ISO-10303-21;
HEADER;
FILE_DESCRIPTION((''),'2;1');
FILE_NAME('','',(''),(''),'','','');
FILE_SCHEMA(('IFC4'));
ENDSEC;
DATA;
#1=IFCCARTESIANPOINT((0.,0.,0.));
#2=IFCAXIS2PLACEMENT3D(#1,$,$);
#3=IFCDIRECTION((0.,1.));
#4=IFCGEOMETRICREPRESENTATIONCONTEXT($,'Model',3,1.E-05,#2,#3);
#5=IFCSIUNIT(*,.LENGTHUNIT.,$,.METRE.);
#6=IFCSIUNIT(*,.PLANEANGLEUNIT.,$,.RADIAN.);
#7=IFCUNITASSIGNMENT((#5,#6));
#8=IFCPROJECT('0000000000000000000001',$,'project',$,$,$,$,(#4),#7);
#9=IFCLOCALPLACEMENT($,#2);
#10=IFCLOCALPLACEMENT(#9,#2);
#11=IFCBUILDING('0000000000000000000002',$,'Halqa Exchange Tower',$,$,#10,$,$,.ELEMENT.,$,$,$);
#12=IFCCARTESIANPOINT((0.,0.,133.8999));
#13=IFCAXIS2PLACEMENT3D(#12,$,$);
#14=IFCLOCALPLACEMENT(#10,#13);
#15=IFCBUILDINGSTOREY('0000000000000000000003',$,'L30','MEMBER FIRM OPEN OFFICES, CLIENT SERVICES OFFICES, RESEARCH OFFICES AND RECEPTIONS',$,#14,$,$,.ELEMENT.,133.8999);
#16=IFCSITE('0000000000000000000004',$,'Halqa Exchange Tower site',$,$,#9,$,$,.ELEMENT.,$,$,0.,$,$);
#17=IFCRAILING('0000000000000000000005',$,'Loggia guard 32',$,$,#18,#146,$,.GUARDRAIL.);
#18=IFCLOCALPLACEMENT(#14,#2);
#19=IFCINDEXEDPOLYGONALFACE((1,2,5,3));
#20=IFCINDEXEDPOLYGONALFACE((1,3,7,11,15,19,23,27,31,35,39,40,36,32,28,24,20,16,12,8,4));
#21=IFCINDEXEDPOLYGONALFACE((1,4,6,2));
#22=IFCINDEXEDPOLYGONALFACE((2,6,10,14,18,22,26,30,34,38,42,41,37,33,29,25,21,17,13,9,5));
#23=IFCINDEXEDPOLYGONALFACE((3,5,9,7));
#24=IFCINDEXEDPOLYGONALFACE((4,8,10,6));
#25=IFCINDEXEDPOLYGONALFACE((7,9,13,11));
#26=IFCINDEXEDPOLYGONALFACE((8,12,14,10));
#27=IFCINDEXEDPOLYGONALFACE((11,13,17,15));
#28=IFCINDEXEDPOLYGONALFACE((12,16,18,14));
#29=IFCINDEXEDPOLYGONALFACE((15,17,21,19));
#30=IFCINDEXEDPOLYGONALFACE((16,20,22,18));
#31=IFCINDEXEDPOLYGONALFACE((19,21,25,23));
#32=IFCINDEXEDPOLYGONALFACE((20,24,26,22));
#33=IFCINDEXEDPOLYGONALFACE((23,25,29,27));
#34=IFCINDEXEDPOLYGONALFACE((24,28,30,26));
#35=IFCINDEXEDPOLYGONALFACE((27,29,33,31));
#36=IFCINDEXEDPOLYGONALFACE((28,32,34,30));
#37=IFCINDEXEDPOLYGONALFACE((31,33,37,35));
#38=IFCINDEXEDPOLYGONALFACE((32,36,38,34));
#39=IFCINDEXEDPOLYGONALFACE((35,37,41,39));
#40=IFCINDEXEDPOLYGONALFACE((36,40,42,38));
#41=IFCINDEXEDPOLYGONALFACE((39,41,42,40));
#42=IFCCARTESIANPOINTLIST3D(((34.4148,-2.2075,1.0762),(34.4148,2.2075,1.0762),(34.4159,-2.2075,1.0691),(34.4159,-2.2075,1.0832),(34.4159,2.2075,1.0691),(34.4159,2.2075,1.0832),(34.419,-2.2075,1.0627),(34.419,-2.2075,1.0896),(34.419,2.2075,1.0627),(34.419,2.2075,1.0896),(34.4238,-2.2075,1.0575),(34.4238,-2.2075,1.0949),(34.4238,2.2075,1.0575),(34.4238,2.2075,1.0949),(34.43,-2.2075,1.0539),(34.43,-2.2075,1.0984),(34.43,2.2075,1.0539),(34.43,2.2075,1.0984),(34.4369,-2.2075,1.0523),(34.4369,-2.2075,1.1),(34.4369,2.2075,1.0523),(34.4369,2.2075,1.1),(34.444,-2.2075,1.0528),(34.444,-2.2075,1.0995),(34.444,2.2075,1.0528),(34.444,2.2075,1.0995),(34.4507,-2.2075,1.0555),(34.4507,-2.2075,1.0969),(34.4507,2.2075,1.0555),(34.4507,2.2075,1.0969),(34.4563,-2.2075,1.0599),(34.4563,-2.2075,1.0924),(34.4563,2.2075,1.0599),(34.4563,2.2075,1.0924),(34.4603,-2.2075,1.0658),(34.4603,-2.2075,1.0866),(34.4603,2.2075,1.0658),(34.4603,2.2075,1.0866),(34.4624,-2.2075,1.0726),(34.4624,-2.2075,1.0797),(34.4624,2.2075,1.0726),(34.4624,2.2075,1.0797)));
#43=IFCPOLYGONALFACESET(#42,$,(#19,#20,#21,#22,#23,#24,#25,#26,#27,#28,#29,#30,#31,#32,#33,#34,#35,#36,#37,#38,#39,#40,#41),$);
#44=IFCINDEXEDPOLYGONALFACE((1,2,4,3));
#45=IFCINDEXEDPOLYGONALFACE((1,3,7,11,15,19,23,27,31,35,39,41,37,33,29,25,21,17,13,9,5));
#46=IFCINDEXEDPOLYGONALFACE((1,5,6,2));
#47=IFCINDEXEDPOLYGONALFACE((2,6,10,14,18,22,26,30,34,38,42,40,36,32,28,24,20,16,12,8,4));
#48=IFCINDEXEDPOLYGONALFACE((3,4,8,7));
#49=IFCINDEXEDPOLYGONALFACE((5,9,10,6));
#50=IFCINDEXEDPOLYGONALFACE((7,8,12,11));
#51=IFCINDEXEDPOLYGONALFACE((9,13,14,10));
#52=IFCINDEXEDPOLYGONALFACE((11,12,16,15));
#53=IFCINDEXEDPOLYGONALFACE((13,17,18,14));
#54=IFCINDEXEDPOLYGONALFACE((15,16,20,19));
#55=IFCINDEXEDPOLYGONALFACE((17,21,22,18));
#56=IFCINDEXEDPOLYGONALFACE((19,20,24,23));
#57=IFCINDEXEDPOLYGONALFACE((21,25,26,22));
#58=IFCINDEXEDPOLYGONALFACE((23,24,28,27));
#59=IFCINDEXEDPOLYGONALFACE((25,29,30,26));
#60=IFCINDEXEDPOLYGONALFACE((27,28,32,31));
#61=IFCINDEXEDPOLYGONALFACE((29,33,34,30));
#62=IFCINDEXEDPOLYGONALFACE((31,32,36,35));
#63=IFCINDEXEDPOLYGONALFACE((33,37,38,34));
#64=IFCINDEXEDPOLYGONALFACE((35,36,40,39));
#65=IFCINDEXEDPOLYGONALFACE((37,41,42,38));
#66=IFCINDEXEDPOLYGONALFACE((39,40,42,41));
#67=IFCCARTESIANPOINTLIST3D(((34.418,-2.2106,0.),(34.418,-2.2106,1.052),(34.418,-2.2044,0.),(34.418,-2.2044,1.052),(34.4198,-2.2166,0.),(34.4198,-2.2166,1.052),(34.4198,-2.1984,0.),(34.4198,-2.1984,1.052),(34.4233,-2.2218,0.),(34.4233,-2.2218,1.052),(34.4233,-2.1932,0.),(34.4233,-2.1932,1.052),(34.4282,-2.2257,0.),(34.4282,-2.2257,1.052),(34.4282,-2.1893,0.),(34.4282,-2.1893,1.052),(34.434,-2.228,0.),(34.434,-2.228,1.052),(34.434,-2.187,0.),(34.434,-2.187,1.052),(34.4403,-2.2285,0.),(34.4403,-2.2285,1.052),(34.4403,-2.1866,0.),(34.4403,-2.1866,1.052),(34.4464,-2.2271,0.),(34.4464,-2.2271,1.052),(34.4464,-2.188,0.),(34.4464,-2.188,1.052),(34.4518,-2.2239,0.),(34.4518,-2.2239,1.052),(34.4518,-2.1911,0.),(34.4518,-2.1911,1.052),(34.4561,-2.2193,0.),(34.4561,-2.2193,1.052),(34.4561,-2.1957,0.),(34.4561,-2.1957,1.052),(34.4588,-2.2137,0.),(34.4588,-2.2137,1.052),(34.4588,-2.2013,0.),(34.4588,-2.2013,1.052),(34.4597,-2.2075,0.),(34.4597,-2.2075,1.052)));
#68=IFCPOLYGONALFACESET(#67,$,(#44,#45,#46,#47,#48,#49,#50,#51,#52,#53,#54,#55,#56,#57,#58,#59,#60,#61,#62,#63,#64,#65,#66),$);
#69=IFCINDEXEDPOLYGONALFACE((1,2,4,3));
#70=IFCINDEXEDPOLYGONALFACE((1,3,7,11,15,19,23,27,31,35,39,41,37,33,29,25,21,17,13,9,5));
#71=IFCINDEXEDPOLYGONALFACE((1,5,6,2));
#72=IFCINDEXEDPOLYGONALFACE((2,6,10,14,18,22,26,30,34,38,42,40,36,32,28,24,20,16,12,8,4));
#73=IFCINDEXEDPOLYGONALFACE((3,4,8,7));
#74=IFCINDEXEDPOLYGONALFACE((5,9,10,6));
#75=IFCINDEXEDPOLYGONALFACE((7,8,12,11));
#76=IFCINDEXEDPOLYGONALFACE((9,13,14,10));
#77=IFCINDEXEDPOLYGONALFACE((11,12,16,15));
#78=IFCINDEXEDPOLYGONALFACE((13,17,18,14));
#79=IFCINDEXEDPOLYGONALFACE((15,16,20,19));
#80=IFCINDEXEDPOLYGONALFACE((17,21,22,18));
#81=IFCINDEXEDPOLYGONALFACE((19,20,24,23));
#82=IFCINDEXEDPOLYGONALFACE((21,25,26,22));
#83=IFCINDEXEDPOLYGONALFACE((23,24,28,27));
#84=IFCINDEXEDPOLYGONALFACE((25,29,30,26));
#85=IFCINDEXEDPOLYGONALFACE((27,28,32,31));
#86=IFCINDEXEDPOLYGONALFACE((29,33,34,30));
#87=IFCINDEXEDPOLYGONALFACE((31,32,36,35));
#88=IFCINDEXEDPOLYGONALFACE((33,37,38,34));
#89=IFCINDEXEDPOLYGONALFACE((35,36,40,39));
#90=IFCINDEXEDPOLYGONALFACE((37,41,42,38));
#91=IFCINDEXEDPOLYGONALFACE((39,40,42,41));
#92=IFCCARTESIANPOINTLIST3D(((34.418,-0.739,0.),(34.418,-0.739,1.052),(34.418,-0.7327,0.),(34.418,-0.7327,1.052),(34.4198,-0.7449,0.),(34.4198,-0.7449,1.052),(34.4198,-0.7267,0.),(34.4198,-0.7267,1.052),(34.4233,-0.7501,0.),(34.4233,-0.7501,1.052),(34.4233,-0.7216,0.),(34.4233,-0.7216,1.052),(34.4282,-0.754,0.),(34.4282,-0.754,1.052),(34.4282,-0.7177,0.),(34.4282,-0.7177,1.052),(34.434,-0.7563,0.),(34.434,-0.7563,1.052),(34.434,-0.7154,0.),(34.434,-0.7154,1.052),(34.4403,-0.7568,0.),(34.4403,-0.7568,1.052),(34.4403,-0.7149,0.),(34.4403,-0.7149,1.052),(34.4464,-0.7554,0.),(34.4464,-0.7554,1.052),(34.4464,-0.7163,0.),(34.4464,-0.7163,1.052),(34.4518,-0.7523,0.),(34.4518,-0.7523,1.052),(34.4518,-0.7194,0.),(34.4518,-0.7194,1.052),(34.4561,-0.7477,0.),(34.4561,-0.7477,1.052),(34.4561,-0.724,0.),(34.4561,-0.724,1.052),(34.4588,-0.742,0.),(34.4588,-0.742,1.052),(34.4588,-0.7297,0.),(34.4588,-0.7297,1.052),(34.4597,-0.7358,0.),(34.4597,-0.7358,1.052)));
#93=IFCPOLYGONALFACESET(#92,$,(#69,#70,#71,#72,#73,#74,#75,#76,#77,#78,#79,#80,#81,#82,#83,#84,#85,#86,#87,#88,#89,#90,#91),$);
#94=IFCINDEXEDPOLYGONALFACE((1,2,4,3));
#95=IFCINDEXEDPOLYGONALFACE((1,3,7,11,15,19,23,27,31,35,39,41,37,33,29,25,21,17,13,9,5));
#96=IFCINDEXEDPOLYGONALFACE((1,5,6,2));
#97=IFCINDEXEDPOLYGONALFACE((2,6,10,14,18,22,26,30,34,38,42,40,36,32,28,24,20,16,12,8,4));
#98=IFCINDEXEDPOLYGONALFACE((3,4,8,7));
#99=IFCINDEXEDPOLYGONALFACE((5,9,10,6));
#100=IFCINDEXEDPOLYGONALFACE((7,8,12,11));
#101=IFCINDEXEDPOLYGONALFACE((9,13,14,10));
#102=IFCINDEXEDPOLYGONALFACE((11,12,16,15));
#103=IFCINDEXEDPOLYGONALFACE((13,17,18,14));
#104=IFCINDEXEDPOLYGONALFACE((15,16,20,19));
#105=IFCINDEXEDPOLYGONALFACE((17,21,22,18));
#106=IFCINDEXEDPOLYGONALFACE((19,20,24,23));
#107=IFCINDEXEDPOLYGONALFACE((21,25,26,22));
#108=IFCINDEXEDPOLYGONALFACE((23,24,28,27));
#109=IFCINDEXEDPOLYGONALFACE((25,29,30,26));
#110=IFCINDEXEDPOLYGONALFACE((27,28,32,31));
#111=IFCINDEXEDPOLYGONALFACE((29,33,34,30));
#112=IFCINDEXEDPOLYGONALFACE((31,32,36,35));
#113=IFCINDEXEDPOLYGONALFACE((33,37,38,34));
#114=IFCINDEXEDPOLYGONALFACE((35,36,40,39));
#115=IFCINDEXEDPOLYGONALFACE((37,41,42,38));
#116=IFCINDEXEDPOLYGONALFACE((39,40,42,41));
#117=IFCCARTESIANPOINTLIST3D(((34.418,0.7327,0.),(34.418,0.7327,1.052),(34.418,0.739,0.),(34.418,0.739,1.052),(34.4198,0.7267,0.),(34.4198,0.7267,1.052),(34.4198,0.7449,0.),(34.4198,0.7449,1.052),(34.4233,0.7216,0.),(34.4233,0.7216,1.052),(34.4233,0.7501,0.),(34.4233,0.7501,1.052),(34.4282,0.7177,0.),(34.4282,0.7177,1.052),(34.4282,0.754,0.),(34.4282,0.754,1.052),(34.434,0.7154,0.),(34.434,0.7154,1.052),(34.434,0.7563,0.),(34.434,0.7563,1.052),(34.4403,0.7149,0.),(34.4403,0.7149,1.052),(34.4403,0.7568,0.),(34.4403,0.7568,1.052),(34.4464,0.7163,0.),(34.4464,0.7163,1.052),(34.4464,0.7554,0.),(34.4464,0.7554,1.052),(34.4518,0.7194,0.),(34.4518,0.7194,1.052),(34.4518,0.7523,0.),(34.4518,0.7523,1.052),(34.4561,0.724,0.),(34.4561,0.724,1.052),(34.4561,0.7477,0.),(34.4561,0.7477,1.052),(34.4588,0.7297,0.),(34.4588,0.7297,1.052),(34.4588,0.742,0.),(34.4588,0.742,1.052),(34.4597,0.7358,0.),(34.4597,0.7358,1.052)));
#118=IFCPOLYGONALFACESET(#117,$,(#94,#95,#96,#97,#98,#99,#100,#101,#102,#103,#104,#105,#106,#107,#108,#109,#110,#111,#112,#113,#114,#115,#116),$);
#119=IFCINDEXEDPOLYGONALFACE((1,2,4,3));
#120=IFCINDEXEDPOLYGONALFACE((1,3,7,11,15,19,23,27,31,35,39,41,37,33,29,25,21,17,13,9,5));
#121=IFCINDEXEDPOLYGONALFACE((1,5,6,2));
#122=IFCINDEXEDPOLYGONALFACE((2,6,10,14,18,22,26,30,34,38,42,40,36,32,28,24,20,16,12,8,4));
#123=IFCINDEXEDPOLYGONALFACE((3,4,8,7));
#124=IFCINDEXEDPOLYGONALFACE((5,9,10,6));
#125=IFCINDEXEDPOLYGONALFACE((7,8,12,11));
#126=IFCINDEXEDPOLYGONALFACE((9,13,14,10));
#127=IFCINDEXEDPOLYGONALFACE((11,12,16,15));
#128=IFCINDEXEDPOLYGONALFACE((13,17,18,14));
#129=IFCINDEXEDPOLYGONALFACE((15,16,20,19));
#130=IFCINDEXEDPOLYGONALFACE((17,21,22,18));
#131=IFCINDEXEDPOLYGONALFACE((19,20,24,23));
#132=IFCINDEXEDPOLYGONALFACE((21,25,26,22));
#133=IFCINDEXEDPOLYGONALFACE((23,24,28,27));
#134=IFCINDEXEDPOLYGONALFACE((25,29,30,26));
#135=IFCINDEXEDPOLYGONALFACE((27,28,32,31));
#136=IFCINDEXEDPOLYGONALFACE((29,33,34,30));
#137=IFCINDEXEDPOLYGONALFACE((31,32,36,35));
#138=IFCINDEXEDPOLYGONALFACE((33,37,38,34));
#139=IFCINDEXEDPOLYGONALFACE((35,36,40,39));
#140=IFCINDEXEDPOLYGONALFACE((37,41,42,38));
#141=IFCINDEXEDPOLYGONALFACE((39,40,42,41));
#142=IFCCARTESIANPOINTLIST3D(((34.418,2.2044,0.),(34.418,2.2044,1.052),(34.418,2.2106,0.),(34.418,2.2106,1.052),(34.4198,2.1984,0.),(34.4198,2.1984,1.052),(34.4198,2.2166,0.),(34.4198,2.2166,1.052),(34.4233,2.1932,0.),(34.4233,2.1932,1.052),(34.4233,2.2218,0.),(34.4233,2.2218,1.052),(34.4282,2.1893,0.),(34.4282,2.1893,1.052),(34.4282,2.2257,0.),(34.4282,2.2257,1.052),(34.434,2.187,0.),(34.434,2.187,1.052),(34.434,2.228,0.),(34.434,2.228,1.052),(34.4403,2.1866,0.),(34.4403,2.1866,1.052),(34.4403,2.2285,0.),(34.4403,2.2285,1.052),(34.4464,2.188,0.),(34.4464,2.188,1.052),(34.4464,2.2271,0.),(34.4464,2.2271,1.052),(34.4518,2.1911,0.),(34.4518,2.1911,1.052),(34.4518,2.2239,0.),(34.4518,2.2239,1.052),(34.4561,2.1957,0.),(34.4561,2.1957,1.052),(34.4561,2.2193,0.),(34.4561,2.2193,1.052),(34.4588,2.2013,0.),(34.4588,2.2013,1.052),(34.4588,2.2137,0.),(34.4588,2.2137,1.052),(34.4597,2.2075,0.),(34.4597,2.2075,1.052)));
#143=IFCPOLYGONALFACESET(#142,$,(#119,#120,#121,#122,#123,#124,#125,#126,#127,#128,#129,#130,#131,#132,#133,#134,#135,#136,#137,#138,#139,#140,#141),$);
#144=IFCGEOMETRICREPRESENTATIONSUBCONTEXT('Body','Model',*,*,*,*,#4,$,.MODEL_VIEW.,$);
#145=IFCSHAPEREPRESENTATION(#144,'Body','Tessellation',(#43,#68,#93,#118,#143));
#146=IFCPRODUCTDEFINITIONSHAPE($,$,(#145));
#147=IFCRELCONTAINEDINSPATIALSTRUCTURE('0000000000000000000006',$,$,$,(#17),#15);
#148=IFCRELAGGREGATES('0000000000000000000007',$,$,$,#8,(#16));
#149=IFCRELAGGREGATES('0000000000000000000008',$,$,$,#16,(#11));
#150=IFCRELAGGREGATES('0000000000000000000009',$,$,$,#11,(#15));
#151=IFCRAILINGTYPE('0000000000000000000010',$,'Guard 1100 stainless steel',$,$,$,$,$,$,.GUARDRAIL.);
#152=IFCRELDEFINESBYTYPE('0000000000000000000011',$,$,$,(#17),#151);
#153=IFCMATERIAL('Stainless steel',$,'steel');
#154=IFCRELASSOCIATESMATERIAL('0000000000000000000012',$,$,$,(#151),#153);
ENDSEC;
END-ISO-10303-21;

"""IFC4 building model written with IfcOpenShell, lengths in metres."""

from ifc_helpers import new_model, si_unit, direction, frame, origin, origin_2d, place, context, subcontext, project, spatial, circle, extrude, material, type_object, element, save


model = new_model("IFC4")

# Units and contexts
model_context = context("Model", 3, precision=1e-05, world=origin(), true_north=direction((0.0, 1.0)))
body_context = subcontext(model_context, "Body", "Model", "MODEL_VIEW")
ifc_project = project(units=[si_unit("LENGTHUNIT", "METRE"), si_unit("PLANEANGLEUNIT", "RADIAN")], contexts=[model_context])

# Site, building, storey
site_placement = place(None, origin())
site = spatial("IfcSite", under=ifc_project, at=site_placement, Name="Halqa Exchange Tower site", CompositionType="ELEMENT", RefElevation=0.0)
building_placement = place(site_placement, origin())
building = spatial("IfcBuilding", under=site, at=building_placement, Name="Halqa Exchange Tower", CompositionType="ELEMENT")
storey_placement = place(building_placement, frame((0.0, 0.0, 133.8999)))
storey = spatial("IfcBuildingStorey", under=building, at=storey_placement, Name="L30", Description="MEMBER FIRM OPEN OFFICES, CLIENT SERVICES OFFICES, RESEARCH OFFICES AND RECEPTIONS", CompositionType="ELEMENT", Elevation=133.8999)

# Railing
ifc_material_1 = material(Name="Stainless steel", Category="steel")
railing_type = type_object("IfcRailingType", Name="Guard 1100 stainless steel", PredefinedType="GUARDRAIL", material=ifc_material_1)
railing_1_placement = place(storey_placement, frame((34.4387, -2.2075, 0.0)))
element("IfcRailing", 1, at=railing_1_placement, inside=storey, type_object=railing_type, Name="Loggia guard 32", PredefinedType="GUARDRAIL", context=body_context, shape_type="SweptSolid", body=[
    extrude(circle(Radius=0.0239, at=origin_2d()), frame((0.0, 0.0, 1.0762), z_axis=(0.0, 1.0, 0.0), x_axis=(-1.0, 0.0, 0.0)), (0.0, 0.0, 1.0), 4.415),
    extrude(circle(Radius=0.021, at=origin_2d()), origin(), (0.0, 0.0, 1.0), 1.052),
    extrude(circle(Radius=0.021, at=origin_2d()), frame((0.0, 1.4717, 0.0)), (0.0, 0.0, 1.0), 1.052),
    extrude(circle(Radius=0.021, at=origin_2d()), frame((0.0, 2.9434, 0.0)), (0.0, 0.0, 1.0), 1.052),
    extrude(circle(Radius=0.021, at=origin_2d()), frame((0.0, 4.415, 0.0)), (0.0, 0.0, 1.0), 1.052),
])

save(model, "model.ifc")
